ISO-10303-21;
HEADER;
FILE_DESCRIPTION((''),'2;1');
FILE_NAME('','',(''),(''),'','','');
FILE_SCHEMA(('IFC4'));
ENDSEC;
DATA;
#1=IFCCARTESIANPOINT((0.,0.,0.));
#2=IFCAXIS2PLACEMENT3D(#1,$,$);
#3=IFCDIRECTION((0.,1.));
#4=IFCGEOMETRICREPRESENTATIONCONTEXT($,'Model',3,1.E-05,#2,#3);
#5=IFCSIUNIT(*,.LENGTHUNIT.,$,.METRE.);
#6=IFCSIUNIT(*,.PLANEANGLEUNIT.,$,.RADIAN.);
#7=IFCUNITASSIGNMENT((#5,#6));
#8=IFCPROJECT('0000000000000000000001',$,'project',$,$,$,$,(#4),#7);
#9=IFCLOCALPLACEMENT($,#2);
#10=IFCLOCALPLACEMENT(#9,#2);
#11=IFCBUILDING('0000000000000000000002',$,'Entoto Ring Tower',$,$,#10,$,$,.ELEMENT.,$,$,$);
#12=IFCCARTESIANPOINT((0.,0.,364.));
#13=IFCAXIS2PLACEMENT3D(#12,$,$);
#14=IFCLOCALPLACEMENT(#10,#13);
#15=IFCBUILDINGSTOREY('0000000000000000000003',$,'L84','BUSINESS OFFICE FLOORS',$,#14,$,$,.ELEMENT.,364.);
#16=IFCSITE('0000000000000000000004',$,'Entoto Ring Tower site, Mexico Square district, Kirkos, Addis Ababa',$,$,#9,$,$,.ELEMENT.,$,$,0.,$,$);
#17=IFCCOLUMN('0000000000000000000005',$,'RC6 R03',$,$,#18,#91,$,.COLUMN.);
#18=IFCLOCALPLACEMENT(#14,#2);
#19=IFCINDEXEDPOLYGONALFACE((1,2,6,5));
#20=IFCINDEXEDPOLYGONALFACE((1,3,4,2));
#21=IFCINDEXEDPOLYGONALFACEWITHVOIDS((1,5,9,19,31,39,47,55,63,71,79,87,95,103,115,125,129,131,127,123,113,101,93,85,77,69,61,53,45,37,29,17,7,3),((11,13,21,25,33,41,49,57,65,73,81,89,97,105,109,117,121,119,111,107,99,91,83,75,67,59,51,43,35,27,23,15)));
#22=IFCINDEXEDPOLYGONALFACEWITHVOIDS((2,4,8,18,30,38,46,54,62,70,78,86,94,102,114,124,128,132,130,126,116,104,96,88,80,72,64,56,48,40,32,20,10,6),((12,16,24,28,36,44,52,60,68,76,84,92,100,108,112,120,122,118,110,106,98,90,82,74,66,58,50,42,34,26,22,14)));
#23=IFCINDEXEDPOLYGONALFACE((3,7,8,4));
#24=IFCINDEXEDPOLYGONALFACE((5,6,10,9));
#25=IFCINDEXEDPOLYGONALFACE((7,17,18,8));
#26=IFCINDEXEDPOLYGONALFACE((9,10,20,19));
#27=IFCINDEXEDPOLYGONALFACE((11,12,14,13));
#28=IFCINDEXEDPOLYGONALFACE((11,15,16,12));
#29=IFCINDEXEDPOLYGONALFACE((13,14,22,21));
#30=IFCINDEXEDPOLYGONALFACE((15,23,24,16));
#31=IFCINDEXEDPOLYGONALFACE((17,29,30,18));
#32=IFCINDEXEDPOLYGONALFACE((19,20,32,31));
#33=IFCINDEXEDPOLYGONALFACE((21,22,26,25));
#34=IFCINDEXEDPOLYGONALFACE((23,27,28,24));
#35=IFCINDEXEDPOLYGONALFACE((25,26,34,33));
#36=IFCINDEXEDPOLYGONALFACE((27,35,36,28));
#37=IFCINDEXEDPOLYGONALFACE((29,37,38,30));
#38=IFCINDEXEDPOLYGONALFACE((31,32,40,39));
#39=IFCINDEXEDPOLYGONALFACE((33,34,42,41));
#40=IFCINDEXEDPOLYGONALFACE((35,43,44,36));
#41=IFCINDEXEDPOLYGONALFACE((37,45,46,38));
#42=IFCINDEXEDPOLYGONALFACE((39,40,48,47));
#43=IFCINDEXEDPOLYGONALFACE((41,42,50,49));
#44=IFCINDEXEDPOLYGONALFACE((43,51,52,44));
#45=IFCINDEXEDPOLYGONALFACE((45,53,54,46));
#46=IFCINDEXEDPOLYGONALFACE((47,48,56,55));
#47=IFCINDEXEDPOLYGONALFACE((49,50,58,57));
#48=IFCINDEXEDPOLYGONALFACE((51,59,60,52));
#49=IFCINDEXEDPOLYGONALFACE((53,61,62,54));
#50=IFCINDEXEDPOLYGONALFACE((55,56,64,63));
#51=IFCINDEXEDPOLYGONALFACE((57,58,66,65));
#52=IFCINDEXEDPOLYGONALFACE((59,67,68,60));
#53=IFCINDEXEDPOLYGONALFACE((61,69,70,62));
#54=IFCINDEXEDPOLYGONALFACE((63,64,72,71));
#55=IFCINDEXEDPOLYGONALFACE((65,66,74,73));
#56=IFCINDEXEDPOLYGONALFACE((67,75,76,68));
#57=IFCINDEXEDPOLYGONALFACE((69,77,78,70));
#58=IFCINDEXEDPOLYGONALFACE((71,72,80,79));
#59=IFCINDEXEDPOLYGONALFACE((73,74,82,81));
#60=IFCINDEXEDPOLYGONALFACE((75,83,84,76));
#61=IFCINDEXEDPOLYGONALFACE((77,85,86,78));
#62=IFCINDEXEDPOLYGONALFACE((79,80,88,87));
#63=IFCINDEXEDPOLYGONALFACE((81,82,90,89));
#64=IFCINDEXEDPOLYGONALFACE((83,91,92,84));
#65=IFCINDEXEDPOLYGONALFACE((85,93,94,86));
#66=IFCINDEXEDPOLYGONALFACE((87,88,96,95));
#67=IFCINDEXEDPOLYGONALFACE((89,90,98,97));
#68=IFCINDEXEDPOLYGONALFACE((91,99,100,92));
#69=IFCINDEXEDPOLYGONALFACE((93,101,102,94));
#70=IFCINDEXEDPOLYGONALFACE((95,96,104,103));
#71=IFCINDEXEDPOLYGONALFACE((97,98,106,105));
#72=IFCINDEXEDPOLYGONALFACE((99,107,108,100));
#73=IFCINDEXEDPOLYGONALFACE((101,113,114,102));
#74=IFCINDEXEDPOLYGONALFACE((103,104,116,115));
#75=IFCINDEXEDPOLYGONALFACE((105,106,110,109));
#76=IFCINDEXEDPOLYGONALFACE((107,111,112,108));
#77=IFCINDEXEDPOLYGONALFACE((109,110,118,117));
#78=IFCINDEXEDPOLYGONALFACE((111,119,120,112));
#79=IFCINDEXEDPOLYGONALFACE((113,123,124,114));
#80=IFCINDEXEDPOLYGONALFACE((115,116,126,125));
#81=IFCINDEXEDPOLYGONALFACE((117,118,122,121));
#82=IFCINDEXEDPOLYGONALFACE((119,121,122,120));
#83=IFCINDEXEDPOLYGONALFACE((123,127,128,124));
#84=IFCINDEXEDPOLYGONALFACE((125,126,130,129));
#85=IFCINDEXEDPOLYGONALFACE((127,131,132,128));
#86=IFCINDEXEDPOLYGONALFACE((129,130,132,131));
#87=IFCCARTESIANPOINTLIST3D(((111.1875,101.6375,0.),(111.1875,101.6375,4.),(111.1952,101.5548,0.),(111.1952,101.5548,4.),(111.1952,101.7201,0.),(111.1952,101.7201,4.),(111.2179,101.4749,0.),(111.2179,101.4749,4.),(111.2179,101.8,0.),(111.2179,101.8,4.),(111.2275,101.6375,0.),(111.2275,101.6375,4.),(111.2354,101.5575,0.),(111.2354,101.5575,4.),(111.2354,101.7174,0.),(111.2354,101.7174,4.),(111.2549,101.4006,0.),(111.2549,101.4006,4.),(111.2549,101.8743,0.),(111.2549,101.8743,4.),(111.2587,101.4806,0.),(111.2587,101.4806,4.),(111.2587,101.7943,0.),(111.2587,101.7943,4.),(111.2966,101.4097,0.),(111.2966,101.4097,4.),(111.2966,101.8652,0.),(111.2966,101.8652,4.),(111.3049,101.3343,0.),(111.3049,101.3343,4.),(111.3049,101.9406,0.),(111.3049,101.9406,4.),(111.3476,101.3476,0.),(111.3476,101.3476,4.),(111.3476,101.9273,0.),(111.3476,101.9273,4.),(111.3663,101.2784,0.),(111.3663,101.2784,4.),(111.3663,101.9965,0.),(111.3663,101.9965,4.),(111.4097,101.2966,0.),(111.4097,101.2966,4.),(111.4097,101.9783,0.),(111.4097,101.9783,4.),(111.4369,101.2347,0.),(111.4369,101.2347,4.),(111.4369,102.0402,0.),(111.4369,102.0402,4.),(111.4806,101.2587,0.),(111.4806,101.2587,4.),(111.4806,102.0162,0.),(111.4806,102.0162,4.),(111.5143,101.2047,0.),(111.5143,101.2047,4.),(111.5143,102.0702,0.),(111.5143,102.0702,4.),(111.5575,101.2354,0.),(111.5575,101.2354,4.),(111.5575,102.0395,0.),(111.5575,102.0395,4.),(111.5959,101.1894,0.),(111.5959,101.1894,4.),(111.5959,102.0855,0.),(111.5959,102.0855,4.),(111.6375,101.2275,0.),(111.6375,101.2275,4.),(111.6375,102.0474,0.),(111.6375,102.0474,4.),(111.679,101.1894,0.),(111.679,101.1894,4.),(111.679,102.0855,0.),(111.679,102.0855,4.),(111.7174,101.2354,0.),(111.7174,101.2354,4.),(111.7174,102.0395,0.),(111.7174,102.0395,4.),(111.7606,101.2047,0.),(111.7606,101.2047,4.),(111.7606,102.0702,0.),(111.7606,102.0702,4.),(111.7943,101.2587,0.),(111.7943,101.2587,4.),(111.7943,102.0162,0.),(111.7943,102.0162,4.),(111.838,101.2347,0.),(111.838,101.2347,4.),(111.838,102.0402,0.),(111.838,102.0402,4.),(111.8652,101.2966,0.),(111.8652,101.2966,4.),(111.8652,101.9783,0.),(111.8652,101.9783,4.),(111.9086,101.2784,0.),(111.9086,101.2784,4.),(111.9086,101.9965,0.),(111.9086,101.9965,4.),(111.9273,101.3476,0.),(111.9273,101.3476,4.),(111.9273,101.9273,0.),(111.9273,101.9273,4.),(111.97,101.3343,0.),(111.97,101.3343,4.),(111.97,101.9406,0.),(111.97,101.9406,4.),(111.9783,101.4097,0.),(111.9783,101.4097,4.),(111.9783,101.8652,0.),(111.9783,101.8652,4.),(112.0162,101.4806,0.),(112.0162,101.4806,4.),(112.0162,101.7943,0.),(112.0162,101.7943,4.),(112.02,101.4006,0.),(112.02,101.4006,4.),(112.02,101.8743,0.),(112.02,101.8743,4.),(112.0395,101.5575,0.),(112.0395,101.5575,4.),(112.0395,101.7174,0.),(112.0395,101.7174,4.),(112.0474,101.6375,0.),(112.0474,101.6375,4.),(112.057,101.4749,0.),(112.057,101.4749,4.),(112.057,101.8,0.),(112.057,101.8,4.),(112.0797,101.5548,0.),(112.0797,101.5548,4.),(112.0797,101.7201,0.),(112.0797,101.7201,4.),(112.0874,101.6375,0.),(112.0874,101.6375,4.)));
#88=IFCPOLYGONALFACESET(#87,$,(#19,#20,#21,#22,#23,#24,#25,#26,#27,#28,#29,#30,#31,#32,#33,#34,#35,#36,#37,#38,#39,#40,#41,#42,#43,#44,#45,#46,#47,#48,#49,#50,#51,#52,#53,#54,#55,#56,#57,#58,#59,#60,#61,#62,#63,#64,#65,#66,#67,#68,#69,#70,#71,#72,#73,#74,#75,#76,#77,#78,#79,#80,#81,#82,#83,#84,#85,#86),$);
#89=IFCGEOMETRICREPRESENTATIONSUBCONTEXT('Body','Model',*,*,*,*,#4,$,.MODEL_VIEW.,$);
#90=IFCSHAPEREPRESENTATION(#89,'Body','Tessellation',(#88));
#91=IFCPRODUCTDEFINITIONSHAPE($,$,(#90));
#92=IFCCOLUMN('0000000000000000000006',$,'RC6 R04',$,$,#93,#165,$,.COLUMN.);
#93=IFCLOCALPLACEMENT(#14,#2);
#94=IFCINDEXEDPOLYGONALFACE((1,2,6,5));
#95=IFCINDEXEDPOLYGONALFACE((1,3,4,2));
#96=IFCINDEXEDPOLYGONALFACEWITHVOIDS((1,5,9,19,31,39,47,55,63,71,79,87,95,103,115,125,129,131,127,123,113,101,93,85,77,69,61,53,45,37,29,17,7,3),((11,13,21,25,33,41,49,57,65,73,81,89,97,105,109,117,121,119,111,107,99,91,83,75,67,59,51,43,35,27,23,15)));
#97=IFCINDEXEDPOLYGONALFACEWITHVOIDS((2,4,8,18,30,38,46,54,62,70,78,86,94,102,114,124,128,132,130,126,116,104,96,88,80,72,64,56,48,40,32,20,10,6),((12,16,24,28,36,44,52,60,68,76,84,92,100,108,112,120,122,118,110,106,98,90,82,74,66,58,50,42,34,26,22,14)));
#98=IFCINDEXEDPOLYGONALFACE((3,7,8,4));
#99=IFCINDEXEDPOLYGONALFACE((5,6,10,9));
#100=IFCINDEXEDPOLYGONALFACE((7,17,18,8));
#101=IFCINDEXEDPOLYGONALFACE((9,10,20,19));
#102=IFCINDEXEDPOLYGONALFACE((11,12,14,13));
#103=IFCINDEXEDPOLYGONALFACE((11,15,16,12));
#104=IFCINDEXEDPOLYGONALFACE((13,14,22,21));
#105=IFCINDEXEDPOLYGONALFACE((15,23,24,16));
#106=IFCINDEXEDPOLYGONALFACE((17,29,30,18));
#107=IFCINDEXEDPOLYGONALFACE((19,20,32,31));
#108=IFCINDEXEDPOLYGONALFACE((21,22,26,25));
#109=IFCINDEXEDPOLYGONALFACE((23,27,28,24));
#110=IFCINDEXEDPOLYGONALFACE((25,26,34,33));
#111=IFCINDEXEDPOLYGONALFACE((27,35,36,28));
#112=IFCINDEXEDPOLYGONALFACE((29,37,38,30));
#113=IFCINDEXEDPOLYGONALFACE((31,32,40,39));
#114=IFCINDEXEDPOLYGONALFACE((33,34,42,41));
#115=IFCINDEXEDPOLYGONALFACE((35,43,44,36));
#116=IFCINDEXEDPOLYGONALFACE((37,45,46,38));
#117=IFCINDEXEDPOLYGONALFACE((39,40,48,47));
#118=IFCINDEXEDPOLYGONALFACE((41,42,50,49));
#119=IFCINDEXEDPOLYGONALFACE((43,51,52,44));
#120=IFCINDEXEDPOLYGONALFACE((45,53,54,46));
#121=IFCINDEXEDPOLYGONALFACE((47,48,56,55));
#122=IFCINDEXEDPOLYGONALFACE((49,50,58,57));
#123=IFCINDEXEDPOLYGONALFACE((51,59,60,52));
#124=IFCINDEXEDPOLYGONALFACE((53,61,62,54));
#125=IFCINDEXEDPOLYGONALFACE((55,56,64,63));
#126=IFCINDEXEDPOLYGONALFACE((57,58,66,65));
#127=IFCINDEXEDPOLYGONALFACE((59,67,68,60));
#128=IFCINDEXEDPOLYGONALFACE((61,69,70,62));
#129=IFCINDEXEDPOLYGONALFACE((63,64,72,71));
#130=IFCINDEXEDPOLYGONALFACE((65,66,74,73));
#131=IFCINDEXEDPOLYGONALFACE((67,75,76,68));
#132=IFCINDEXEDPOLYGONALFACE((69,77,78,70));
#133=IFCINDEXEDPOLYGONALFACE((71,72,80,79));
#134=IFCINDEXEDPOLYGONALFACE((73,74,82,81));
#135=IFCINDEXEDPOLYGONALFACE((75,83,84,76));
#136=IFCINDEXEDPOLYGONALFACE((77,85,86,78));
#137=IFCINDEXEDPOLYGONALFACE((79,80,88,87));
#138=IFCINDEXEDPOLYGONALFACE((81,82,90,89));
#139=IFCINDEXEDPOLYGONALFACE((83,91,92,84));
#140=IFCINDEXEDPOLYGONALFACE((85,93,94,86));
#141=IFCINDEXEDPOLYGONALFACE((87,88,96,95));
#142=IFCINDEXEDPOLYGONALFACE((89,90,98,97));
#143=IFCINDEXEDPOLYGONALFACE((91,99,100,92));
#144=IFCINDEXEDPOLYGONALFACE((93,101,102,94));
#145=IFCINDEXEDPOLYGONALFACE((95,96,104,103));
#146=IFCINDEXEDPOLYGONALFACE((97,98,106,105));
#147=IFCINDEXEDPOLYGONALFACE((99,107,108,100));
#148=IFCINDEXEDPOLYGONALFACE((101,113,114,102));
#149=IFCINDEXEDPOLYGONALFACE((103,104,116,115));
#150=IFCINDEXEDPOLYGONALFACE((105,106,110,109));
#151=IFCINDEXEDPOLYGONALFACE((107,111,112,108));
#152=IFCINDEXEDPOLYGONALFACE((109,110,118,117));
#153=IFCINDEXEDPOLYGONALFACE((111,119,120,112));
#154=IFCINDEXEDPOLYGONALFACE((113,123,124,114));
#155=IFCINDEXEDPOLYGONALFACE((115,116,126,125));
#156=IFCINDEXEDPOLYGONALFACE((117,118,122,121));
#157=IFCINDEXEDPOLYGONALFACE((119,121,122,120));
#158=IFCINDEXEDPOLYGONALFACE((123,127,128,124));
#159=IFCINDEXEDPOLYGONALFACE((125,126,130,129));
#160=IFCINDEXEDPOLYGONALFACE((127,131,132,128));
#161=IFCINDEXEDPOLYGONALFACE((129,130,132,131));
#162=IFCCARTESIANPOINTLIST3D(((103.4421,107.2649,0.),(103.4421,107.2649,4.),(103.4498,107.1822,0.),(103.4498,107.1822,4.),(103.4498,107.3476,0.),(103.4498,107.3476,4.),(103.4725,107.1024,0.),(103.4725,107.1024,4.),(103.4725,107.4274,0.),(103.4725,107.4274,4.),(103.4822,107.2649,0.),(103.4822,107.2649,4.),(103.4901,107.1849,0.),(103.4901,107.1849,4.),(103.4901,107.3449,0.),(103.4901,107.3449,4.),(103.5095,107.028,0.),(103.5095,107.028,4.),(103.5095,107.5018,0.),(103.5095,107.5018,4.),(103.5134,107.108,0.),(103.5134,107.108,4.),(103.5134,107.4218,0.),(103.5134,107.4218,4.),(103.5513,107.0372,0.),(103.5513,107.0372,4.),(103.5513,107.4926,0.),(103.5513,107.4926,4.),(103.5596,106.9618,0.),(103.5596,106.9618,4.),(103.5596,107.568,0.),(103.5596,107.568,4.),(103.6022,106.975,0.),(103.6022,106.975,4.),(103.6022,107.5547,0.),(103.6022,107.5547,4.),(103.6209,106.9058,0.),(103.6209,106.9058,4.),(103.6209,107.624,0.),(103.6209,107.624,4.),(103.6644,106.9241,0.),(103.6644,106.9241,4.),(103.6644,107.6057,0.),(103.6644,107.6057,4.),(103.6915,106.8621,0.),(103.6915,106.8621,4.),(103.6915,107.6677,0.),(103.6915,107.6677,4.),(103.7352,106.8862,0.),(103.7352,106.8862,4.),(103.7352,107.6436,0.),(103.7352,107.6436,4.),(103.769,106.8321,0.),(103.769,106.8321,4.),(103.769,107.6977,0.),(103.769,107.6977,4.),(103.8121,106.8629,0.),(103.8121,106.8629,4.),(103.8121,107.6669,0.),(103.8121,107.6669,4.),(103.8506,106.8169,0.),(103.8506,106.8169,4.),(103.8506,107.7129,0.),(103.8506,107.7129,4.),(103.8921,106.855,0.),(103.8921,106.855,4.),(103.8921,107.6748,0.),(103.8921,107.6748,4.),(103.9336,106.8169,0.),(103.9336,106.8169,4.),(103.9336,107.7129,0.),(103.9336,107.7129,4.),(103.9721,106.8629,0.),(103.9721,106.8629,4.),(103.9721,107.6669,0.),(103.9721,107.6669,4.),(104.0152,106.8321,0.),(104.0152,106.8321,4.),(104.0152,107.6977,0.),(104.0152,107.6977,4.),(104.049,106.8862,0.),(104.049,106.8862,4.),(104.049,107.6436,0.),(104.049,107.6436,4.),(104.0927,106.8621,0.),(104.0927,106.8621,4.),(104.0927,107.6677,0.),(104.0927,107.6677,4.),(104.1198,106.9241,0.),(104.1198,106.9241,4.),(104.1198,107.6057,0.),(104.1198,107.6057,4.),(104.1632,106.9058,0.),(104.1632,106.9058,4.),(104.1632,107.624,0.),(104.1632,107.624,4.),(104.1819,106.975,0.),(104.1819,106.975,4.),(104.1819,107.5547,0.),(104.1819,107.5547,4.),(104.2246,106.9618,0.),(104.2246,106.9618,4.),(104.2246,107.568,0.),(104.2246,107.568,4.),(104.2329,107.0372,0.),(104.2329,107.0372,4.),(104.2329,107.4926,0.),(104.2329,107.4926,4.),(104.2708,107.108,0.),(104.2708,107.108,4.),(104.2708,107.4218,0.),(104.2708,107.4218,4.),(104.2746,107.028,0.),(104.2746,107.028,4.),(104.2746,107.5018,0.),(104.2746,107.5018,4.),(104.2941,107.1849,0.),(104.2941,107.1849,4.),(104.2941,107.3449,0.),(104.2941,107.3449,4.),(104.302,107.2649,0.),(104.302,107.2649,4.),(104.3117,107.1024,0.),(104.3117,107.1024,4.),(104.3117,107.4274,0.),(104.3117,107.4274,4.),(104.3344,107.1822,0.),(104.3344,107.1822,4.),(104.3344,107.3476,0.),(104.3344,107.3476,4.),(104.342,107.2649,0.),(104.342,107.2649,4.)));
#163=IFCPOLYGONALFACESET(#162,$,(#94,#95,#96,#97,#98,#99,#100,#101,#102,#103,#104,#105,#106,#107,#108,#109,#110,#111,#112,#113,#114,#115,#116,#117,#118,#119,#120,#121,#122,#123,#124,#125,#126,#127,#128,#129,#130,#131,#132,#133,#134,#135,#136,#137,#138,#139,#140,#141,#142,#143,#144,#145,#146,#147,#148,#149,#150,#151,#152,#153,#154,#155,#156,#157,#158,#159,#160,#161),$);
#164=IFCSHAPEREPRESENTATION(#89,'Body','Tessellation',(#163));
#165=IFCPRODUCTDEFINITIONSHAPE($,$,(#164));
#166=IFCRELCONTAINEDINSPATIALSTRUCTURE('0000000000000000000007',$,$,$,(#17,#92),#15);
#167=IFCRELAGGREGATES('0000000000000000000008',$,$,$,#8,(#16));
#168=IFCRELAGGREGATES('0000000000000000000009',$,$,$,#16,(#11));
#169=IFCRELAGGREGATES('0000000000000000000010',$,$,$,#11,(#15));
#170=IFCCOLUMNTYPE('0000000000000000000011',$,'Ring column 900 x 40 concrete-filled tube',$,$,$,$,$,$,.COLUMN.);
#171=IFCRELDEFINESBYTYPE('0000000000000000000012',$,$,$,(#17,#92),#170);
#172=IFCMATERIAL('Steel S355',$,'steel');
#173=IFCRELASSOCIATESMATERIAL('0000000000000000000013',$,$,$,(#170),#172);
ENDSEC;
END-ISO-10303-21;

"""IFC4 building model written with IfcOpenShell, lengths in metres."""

from ifc_helpers import new_model, si_unit, direction, frame, origin, origin_2d, place, context, subcontext, project, spatial, circle, hollow_circle, extrude, material, material_profile, profile_set, type_object, element, save


model = new_model("IFC4")

# Units and contexts
model_context = context("Model", 3, precision=1e-05, world=origin(), true_north=direction((0.0, 1.0)))
body_context = subcontext(model_context, "Body", "Model", "MODEL_VIEW")
ifc_project = project(units=[si_unit("LENGTHUNIT", "METRE"), si_unit("PLANEANGLEUNIT", "RADIAN")], contexts=[model_context])

# Site, building, storey
site_placement = place(None, origin())
site = spatial("IfcSite", under=ifc_project, at=site_placement, Name="Entoto Ring Tower site, Mexico Square district, Kirkos, Addis Ababa", CompositionType="ELEMENT", RefElevation=0.0)
building_placement = place(site_placement, origin())
building = spatial("IfcBuilding", under=site, at=building_placement, Name="Entoto Ring Tower", CompositionType="ELEMENT")
storey_placement = place(building_placement, frame((0.0, 0.0, 364.0)))
storey = spatial("IfcBuildingStorey", under=building, at=storey_placement, Name="L84", Description="BUSINESS OFFICE FLOORS", CompositionType="ELEMENT", Elevation=364.0)

# Columns
ifc_material_1 = material(Name="Steel S355", Category="steel")
ifc_material_profile_1 = material_profile(ifc_material_1, hollow_circle(Radius=0.45, WallThickness=0.04, at=origin_2d()), Name="CHS 900 x 40")
ifc_material_2 = material(Name="Concrete C60/75", Category="concrete")
ifc_material_profile_2 = material_profile(ifc_material_2, circle(Radius=0.4099, at=origin_2d()), Name="Concrete C60/75 infill")
ifc_profile_set_1 = profile_set([ifc_material_profile_1, ifc_material_profile_2], Name="Steel S355")
column_type = type_object("IfcColumnType", Name="Ring column 900 x 40 concrete-filled tube", PredefinedType="COLUMN", material=ifc_profile_set_1)
for number, where, z_axis, x_axis, name in (
    (1, (111.6375, 101.6375, 0.0), (0.0, 0.0, 1.0), (1.0, 0.0, 0.0), "RC6 R03"),
    (2, (103.8921, 107.2649, 0.0), (0.0, 0.0, 1.0), (1.0, 0.0, 0.0), "RC6 R04"),
):
    element("IfcColumn", number, at=place(storey_placement, frame(where, z_axis=z_axis, x_axis=x_axis)), inside=storey, type_object=column_type, Name=name, PredefinedType="COLUMN", context=body_context, shape_type="SweptSolid", body=[
        extrude(hollow_circle(Radius=0.45, WallThickness=0.04, at=origin_2d()), origin(), (0.0, 0.0, 1.0), 4.0),
    ])

save(model, "model.ifc")
